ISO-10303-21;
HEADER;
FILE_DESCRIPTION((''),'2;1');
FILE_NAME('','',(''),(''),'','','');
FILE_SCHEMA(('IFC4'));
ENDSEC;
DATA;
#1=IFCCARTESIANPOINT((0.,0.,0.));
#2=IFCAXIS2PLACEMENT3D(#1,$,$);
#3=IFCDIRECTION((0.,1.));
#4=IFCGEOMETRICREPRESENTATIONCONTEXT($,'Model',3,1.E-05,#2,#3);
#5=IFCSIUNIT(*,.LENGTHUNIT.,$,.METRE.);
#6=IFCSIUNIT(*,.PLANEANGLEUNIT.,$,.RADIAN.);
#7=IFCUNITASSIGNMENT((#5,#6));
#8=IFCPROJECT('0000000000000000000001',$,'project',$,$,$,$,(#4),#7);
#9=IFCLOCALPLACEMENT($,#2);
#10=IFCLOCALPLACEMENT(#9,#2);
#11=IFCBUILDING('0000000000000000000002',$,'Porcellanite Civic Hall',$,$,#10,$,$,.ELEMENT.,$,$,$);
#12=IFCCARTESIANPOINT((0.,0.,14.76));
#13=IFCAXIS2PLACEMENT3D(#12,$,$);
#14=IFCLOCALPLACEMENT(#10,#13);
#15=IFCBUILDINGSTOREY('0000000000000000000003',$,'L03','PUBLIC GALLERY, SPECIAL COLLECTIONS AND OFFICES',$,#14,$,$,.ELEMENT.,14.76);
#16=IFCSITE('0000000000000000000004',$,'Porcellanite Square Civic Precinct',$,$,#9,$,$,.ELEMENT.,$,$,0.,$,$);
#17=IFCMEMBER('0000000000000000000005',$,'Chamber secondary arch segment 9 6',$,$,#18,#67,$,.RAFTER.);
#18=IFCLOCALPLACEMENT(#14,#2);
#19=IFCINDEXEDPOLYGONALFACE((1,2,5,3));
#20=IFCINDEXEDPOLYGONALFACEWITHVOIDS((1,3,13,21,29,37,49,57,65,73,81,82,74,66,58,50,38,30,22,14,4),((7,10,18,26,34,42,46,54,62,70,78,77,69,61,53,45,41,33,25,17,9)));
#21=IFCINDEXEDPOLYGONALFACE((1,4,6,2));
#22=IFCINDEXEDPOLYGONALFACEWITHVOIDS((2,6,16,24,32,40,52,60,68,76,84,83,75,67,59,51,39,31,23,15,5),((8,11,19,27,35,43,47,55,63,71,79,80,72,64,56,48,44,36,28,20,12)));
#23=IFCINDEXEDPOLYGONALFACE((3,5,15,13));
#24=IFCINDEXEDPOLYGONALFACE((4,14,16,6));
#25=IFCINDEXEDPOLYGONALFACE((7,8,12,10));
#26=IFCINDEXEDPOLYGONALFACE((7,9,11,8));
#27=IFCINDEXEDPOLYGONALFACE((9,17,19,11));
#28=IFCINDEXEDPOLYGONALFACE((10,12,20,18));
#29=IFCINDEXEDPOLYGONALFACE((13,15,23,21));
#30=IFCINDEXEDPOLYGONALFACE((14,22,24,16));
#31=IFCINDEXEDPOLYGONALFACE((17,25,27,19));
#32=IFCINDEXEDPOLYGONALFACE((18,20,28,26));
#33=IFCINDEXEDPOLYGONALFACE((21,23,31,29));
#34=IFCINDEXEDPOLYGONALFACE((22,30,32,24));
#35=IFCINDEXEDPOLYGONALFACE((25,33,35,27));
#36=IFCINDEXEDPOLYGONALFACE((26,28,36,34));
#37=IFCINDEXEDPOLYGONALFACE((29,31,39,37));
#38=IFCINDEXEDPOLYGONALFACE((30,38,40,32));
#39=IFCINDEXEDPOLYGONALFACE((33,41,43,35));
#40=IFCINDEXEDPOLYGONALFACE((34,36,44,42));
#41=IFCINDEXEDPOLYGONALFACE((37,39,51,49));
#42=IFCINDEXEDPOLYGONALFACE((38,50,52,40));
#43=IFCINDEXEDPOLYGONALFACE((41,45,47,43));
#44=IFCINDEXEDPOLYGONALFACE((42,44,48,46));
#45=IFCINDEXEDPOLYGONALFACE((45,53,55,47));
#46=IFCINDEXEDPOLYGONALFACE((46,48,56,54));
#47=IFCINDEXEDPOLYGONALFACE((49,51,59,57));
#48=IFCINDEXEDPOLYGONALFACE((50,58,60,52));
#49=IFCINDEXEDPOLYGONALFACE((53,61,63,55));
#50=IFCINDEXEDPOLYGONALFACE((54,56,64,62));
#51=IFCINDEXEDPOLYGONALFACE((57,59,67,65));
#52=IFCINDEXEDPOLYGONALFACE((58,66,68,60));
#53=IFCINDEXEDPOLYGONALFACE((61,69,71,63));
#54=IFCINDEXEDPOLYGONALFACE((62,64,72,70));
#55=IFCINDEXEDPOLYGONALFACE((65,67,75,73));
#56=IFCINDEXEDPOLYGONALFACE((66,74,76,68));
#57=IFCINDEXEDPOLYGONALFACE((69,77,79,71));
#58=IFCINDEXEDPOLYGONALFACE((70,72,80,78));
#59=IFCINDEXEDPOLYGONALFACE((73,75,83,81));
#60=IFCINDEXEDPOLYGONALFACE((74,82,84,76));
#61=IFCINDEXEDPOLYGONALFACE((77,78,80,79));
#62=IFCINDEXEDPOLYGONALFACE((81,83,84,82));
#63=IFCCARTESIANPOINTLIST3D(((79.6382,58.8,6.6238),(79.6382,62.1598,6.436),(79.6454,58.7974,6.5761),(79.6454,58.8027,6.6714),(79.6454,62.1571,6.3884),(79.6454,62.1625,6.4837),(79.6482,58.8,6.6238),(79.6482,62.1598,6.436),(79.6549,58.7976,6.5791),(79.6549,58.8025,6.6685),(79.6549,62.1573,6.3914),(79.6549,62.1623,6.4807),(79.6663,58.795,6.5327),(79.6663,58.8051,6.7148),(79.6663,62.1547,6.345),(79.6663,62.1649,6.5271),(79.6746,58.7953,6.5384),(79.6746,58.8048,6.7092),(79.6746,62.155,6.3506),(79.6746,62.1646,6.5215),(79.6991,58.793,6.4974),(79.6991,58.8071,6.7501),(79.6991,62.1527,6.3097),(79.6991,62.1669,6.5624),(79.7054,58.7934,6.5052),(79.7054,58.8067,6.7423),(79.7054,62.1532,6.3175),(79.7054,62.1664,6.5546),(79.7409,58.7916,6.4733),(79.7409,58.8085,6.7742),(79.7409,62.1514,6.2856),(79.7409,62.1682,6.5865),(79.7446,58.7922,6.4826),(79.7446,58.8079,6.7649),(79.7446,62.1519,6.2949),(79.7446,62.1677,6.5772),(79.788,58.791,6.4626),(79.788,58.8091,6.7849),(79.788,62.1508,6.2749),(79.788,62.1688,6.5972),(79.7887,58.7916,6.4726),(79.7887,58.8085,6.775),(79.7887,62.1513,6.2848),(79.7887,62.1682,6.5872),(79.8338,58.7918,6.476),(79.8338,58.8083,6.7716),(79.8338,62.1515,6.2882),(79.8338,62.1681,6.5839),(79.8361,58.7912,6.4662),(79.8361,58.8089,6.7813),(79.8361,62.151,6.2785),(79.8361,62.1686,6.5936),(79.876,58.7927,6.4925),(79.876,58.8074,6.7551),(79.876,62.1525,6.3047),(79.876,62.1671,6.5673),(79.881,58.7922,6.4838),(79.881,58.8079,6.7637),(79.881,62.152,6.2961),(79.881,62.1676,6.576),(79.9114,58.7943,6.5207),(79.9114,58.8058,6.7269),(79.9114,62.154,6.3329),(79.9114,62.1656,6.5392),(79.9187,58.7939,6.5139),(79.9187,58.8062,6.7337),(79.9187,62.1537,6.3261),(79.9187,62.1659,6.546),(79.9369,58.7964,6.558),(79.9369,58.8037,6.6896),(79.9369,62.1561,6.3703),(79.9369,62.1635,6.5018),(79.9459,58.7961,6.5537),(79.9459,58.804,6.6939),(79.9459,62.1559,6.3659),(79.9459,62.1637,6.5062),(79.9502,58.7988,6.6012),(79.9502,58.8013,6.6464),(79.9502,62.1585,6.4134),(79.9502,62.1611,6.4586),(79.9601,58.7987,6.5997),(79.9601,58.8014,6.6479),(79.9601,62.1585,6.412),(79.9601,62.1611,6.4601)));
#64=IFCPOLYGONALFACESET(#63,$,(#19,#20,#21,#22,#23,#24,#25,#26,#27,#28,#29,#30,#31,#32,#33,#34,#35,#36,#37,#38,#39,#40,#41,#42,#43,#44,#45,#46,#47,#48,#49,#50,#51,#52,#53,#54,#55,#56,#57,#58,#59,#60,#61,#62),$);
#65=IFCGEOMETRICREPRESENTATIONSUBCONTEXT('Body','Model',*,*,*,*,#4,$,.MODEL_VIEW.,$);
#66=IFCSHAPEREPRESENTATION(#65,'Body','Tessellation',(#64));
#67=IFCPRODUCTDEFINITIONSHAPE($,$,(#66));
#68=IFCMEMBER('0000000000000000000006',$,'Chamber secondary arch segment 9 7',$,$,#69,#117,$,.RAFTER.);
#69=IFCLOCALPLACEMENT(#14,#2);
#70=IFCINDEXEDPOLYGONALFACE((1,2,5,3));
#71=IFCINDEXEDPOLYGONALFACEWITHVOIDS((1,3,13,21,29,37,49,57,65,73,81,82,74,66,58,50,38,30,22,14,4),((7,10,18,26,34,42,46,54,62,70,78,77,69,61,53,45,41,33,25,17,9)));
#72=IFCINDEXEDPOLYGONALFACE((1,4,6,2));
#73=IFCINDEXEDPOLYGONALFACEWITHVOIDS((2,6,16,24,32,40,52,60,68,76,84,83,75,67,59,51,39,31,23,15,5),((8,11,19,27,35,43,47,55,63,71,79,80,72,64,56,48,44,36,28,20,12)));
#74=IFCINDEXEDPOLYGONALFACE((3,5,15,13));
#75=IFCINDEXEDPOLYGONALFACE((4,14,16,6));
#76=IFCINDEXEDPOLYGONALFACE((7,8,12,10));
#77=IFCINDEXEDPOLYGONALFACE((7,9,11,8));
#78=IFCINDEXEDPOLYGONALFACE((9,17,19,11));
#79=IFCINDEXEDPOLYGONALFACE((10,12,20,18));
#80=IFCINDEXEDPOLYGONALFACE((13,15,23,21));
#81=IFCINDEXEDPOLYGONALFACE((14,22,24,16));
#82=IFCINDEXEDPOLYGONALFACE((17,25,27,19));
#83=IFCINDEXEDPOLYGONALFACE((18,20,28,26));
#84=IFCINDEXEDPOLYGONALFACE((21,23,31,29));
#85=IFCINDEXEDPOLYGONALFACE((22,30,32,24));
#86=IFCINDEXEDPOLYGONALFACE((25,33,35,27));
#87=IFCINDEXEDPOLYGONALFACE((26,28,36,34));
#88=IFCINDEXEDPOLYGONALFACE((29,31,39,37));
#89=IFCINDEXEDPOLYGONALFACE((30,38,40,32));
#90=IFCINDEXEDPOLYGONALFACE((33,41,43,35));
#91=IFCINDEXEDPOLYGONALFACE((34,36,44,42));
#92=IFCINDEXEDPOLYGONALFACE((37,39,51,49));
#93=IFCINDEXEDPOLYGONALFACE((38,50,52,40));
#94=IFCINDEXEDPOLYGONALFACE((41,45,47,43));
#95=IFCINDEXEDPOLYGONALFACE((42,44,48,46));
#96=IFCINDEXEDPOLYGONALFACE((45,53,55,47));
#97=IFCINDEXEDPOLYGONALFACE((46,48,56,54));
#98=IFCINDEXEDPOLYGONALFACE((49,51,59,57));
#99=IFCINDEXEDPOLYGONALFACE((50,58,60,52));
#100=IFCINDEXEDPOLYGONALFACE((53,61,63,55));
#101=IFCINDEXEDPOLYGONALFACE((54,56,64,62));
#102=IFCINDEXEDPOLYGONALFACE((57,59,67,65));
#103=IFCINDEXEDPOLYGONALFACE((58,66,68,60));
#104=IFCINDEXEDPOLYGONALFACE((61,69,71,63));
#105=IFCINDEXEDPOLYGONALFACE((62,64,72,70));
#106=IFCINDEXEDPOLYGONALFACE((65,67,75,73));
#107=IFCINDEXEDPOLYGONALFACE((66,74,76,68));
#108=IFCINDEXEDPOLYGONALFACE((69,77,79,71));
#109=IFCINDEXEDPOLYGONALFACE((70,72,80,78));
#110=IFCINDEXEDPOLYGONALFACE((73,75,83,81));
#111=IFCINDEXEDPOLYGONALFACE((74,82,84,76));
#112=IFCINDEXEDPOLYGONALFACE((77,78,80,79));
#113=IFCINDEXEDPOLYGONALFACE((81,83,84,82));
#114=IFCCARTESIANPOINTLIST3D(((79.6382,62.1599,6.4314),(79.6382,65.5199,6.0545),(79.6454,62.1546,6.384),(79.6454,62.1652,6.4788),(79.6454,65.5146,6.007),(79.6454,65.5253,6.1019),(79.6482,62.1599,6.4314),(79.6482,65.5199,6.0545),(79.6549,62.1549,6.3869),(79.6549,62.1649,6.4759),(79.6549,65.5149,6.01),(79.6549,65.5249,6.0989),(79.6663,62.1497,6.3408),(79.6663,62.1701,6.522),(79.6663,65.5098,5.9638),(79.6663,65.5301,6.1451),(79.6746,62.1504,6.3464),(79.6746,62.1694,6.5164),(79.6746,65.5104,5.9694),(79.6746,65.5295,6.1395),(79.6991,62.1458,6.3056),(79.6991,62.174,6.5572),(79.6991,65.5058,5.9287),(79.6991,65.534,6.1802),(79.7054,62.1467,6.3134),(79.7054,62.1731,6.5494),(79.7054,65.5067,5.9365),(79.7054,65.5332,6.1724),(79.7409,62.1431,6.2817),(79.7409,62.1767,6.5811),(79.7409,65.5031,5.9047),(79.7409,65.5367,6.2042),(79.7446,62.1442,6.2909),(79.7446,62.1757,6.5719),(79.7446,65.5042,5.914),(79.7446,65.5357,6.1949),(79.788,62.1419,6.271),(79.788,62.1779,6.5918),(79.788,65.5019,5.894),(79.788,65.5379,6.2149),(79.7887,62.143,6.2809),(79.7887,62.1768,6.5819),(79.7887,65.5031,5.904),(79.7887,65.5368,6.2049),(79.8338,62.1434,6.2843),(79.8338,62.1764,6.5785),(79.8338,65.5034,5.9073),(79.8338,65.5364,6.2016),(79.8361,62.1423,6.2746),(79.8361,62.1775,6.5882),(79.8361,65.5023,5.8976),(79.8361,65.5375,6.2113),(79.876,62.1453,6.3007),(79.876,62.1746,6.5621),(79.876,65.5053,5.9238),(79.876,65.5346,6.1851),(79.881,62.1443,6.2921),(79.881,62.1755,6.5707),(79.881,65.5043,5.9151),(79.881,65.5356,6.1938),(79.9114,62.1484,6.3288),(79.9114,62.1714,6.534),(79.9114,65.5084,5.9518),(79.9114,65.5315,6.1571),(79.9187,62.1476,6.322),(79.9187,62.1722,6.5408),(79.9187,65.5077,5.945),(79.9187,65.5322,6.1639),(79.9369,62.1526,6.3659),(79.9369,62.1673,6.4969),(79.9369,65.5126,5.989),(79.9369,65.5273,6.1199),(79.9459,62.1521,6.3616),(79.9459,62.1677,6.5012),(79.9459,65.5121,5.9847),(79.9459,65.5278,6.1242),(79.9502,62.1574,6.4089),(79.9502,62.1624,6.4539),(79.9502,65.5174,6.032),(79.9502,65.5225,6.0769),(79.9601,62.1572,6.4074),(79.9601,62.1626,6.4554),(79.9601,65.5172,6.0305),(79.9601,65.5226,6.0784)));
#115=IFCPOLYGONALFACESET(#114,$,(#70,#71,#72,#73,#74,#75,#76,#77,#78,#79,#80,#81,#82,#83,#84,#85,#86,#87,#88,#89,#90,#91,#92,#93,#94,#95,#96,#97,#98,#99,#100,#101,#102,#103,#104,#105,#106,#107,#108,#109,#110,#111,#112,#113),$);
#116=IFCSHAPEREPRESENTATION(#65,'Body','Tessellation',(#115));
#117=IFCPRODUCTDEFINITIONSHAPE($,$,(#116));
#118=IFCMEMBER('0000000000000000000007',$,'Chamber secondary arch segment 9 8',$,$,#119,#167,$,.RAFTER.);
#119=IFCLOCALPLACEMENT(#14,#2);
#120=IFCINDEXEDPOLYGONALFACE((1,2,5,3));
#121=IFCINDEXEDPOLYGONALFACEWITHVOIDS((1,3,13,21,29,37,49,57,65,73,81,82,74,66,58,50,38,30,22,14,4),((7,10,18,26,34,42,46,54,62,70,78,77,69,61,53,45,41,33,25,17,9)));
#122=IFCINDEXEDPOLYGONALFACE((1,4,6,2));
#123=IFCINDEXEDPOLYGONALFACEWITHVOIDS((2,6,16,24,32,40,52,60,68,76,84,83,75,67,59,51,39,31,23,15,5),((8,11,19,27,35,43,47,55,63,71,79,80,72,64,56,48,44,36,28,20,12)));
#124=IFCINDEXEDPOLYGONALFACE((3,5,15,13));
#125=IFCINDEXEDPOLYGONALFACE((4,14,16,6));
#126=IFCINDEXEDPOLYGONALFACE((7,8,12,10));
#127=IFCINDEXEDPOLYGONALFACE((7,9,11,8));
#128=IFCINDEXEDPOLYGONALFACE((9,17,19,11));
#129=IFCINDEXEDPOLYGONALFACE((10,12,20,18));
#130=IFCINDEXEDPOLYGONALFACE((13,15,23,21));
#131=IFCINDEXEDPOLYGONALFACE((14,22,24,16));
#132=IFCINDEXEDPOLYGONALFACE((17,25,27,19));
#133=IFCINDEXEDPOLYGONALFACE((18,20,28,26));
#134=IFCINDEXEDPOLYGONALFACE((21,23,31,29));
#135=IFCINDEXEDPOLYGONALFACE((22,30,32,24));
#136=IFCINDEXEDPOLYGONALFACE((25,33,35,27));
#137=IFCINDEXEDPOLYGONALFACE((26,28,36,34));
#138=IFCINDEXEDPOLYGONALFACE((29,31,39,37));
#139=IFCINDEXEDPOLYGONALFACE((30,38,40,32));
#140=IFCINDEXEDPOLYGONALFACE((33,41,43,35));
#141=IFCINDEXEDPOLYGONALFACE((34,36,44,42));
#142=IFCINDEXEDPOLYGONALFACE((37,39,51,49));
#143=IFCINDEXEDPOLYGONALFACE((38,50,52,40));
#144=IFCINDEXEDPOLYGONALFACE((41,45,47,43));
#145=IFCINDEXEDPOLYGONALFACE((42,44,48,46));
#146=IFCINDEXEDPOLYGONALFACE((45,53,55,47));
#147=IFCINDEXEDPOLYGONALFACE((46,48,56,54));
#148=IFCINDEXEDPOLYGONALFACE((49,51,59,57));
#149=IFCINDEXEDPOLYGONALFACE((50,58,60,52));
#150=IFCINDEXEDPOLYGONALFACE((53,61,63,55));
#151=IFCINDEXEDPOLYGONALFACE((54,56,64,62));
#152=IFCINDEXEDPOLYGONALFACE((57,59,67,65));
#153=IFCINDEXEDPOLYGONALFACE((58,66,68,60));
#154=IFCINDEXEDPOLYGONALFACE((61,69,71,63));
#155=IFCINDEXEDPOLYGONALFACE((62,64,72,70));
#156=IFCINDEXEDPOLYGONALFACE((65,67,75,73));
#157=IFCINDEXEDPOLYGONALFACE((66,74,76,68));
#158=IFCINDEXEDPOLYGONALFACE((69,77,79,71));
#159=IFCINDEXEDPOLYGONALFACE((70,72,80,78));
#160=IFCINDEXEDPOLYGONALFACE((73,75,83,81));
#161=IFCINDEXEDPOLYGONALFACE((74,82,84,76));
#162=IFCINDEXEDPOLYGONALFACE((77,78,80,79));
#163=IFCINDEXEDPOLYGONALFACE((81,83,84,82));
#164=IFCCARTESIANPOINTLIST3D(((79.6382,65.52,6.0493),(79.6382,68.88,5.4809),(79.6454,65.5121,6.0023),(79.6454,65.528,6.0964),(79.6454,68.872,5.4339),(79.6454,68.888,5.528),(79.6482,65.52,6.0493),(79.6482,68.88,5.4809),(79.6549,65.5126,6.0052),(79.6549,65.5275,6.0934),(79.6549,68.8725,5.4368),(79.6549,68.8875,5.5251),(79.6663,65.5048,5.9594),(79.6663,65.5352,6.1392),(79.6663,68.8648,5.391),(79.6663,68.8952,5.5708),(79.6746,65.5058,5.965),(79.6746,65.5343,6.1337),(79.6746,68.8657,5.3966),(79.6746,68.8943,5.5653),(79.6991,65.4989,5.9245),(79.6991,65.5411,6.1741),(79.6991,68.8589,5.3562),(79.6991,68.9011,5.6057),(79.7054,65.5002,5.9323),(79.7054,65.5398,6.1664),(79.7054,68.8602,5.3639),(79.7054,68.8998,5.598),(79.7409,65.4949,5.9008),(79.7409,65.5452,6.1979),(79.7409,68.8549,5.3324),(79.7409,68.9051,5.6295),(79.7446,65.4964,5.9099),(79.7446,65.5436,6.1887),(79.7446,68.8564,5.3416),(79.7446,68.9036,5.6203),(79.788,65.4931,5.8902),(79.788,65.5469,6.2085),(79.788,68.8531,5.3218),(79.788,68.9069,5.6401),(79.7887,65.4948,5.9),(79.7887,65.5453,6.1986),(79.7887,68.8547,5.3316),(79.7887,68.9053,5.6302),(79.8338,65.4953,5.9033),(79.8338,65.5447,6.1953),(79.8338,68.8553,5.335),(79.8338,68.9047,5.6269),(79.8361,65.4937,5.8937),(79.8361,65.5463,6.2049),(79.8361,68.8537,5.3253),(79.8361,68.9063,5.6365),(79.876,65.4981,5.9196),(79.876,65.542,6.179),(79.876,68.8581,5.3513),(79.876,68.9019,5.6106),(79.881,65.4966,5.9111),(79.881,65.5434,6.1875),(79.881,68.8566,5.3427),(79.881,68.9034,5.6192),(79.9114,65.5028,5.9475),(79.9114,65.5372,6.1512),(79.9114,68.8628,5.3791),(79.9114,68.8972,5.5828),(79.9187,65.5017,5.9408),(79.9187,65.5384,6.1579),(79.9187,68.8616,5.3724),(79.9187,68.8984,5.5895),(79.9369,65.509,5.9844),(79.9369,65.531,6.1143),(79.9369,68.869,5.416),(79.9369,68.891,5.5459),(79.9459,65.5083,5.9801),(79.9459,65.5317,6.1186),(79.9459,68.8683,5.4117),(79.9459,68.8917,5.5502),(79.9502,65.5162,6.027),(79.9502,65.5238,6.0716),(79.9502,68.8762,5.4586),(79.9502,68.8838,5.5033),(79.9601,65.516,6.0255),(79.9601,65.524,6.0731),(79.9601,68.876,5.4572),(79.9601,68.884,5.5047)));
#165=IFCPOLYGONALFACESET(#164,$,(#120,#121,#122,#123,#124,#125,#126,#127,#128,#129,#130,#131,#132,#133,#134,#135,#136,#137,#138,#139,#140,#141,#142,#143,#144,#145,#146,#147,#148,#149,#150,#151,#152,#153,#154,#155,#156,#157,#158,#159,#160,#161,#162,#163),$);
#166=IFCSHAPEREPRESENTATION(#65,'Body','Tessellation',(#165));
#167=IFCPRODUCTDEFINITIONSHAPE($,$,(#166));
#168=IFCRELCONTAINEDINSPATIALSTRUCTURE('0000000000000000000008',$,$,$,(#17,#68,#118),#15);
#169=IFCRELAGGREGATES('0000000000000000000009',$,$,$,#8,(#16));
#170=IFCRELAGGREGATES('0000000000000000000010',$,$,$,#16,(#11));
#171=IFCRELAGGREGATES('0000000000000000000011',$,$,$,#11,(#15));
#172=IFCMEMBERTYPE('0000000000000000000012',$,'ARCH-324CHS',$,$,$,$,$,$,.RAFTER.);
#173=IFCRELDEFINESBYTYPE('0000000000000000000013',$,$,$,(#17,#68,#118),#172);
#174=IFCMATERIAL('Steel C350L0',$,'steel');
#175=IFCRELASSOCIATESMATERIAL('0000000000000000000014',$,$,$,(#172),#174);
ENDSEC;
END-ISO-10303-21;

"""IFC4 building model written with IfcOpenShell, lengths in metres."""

from ifc_helpers import new_model, si_unit, direction, frame, origin, origin_2d, place, context, subcontext, project, spatial, hollow_circle, extrude, material, material_profile, profile_set, type_object, element, save


model = new_model("IFC4")

# Units and contexts
model_context = context("Model", 3, precision=1e-05, world=origin(), true_north=direction((0.0, 1.0)))
body_context = subcontext(model_context, "Body", "Model", "MODEL_VIEW")
ifc_project = project(units=[si_unit("LENGTHUNIT", "METRE"), si_unit("PLANEANGLEUNIT", "RADIAN")], contexts=[model_context])

# Site, building, storey
site_placement = place(None, origin())
site = spatial("IfcSite", under=ifc_project, at=site_placement, Name="Porcellanite Square Civic Precinct", CompositionType="ELEMENT", RefElevation=0.0)
building_placement = place(site_placement, origin())
building = spatial("IfcBuilding", under=site, at=building_placement, Name="Porcellanite Civic Hall", CompositionType="ELEMENT")
storey_placement = place(building_placement, frame((0.0, 0.0, 14.76)))
storey = spatial("IfcBuildingStorey", under=building, at=storey_placement, Name="L03", Description="PUBLIC GALLERY, SPECIAL COLLECTIONS AND OFFICES", CompositionType="ELEMENT", Elevation=14.76)

# Members
ifc_material_1 = material(Name="Steel C350L0", Category="steel")
ifc_material_profile_1 = material_profile(ifc_material_1, hollow_circle(Radius=0.1619, WallThickness=0.01, at=origin_2d()), Name="323.9x10.0CHS")
ifc_profile_set_1 = profile_set([ifc_material_profile_1], Name="Steel C350L0")
member_type_1 = type_object("IfcMemberType", Name="ARCH-324CHS", PredefinedType="RAFTER", material=ifc_profile_set_1)
member_1_placement = place(storey_placement, frame((79.8, 58.8, 6.6238), z_axis=(0.0, 0.998442, -0.055791), x_axis=(-1.0, 0.0, 0.0)))
element("IfcMember", 1, at=member_1_placement, inside=storey, type_object=member_type_1, Name="Chamber secondary arch segment 9 6", PredefinedType="RAFTER", context=body_context, shape_type="SweptSolid", body=[
    extrude(hollow_circle(Radius=0.1619, WallThickness=0.01, at=origin_2d()), origin(), (0.0, 0.0, 1.0), 3.365),
])
member_2_placement = place(storey_placement, frame((79.8, 62.1599, 6.4314), z_axis=(0.0, 0.993766, -0.111485), x_axis=(-1.0, 0.0, 0.0)))
element("IfcMember", 2, at=member_2_placement, inside=storey, type_object=member_type_1, Name="Chamber secondary arch segment 9 7", PredefinedType="RAFTER", context=body_context, shape_type="SweptSolid", body=[
    extrude(hollow_circle(Radius=0.1619, WallThickness=0.01, at=origin_2d()), origin(), (0.0, 0.0, 1.0), 3.3811),
])
member_3_placement = place(storey_placement, frame((79.8, 65.52, 6.0493), z_axis=(0.0, 0.985992, -0.166792), x_axis=(-1.0, 0.0, 0.0)))
element("IfcMember", 3, at=member_3_placement, inside=storey, type_object=member_type_1, Name="Chamber secondary arch segment 9 8", PredefinedType="RAFTER", context=body_context, shape_type="SweptSolid", body=[
    extrude(hollow_circle(Radius=0.1619, WallThickness=0.01, at=origin_2d()), origin(), (0.0, 0.0, 1.0), 3.4077),
])

save(model, "model.ifc")
